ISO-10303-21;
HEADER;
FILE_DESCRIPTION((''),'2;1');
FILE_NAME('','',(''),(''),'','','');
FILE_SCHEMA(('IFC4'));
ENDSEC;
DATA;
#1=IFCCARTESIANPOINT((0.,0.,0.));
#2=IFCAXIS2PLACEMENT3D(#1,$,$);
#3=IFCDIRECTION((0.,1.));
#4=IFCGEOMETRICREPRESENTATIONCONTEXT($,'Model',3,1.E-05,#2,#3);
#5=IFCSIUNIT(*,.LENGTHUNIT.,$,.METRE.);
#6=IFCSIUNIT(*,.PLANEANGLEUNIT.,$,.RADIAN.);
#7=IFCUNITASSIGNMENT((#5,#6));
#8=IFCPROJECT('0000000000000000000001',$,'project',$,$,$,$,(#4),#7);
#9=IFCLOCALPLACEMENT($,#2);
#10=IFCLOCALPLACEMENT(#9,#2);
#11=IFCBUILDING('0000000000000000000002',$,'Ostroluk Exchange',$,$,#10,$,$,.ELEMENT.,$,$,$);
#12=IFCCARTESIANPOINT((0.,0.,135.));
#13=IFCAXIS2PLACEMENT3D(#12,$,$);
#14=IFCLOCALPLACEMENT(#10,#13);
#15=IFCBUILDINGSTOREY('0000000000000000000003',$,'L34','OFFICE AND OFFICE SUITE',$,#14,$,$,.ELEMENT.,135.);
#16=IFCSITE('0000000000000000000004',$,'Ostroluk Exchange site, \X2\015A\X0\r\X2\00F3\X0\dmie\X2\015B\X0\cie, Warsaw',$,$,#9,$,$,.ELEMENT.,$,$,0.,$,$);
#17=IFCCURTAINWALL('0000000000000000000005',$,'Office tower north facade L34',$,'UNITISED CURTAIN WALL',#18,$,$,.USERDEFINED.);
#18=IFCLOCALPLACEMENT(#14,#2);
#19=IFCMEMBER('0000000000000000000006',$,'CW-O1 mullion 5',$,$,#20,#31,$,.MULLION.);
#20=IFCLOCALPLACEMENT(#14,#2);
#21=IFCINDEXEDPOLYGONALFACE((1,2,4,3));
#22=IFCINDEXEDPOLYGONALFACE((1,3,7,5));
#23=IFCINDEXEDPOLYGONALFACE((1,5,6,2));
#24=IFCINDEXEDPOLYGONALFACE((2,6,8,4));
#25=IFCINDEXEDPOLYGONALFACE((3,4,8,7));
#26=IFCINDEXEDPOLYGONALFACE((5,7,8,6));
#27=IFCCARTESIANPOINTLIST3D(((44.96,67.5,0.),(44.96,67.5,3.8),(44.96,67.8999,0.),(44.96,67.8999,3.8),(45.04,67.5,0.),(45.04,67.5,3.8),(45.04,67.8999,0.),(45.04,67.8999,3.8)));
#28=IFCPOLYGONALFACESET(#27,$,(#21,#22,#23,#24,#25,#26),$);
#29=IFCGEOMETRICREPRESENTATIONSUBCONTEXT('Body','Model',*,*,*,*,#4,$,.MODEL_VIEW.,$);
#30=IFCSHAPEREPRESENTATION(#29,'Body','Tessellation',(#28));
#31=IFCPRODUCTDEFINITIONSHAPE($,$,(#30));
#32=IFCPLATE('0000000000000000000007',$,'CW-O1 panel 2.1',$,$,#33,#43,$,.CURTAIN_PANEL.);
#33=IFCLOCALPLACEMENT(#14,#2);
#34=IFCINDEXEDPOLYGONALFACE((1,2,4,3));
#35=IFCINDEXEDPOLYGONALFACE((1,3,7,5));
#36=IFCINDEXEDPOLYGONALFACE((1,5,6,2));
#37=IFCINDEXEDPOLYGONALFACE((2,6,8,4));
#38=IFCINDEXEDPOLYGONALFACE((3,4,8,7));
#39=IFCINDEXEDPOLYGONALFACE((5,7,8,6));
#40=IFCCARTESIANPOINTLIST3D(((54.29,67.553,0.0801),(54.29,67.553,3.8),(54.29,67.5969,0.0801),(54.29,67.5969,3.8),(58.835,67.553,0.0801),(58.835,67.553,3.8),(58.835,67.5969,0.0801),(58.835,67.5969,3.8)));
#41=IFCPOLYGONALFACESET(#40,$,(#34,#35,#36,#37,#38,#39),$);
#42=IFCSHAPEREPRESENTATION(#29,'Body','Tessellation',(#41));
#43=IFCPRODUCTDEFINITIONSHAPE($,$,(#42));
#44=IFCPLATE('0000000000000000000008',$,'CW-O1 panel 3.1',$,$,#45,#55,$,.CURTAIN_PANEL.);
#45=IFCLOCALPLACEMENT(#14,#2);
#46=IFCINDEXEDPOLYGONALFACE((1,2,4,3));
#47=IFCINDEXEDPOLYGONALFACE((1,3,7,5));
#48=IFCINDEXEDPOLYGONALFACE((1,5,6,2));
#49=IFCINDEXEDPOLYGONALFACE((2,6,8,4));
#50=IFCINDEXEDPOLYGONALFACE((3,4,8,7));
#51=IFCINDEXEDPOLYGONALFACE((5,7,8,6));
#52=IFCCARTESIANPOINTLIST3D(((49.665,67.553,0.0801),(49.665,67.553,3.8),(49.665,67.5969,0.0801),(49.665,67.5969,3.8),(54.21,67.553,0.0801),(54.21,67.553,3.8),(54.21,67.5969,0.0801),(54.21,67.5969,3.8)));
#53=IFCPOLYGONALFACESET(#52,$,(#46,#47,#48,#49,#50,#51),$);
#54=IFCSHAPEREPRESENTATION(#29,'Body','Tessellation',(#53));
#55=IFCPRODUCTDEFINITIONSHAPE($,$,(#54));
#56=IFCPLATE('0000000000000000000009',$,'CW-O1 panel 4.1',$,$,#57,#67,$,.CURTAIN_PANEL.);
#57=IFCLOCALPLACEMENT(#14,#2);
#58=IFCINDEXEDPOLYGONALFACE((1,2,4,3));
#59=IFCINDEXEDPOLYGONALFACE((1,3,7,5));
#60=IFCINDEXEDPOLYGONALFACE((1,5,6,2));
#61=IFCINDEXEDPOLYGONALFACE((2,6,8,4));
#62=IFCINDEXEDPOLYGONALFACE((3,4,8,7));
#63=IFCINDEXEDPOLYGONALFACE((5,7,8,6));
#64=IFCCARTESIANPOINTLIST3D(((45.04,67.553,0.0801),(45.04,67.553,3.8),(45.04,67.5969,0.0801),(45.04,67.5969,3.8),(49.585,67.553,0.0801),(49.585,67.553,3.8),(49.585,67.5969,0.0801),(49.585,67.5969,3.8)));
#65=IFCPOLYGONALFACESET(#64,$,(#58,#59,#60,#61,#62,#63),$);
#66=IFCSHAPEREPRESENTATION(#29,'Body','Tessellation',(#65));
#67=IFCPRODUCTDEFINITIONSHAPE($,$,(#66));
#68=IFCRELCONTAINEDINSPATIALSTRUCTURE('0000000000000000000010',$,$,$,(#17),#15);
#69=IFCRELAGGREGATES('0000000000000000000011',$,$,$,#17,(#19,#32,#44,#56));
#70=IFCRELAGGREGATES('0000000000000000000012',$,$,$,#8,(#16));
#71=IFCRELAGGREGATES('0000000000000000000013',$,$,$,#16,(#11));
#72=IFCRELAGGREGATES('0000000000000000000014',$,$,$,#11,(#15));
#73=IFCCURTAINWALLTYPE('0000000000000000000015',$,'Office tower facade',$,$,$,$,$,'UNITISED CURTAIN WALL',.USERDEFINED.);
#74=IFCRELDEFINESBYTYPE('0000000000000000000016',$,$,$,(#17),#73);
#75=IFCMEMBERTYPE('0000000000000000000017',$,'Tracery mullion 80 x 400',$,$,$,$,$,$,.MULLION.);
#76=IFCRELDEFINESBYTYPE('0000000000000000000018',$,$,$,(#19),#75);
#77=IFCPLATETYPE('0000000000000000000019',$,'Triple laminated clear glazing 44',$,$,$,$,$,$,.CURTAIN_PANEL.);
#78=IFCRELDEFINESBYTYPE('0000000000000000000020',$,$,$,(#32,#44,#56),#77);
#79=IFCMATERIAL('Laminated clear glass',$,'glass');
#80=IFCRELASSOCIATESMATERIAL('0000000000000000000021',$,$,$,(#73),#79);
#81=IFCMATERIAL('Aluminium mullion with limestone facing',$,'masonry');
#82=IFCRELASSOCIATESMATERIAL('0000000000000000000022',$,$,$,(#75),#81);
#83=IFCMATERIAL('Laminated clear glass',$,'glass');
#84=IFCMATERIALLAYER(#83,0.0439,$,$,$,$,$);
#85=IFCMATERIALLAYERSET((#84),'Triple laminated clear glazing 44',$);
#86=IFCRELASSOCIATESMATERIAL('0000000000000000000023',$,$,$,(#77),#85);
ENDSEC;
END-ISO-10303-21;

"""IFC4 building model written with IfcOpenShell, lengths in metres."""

from ifc_helpers import new_model, si_unit, direction, frame, origin, origin_2d, place, context, subcontext, project, spatial, rectangle, extrude, material, layer, layer_set, material_profile, profile_set, type_object, element, aggregate, save


model = new_model("IFC4")

# Units and contexts
model_context = context("Model", 3, precision=1e-05, world=origin(), true_north=direction((0.0, 1.0)))
body_context = subcontext(model_context, "Body", "Model", "MODEL_VIEW")
ifc_project = project(units=[si_unit("LENGTHUNIT", "METRE"), si_unit("PLANEANGLEUNIT", "RADIAN")], contexts=[model_context])

# Site, building, storey
site_placement = place(None, origin())
site = spatial("IfcSite", under=ifc_project, at=site_placement, Name="Ostroluk Exchange site, Śródmieście, Warsaw", CompositionType="ELEMENT", RefElevation=0.0)
building_placement = place(site_placement, origin())
building = spatial("IfcBuilding", under=site, at=building_placement, Name="Ostroluk Exchange", CompositionType="ELEMENT")
storey_placement = place(building_placement, frame((0.0, 0.0, 135.0)))
storey = spatial("IfcBuildingStorey", under=building, at=storey_placement, Name="L34", Description="OFFICE AND OFFICE SUITE", CompositionType="ELEMENT", Elevation=135.0)

# Curtain wall, member, plates
ifc_material_1 = material(Name="Laminated clear glass", Category="glass")
curtain_wall_type = type_object("IfcCurtainWallType", Name="Office tower facade", ElementType="UNITISED CURTAIN WALL", PredefinedType="USERDEFINED", material=ifc_material_1)
curtain_wall_placement = place(storey_placement, origin())
curtain_wall = element("IfcCurtainWall", 1, at=curtain_wall_placement, inside=storey, type_object=curtain_wall_type, Name="Office tower north facade L34", ObjectType="UNITISED CURTAIN WALL", PredefinedType="USERDEFINED")
ifc_material_2 = material(Name="Aluminium mullion with limestone facing", Category="masonry")
ifc_material_profile_1 = material_profile(ifc_material_2, rectangle(XDim=0.3999, YDim=0.0801, at=origin_2d()), Name="Tracery mullion 80 x 400")
ifc_profile_set_1 = profile_set([ifc_material_profile_1], Name="Aluminium mullion with limestone facing")
member_type_1 = type_object("IfcMemberType", Name="Tracery mullion 80 x 400", PredefinedType="MULLION", material=ifc_profile_set_1)
member_1_placement = place(storey_placement, frame((45.0, 67.7, 0.0), z_axis=(0.0, 0.0, 1.0), x_axis=(0.0, -1.0, 0.0)))
member_1 = element("IfcMember", 2, at=member_1_placement, type_object=member_type_1, Name="CW-O1 mullion 5", PredefinedType="MULLION", context=body_context, shape_type="SweptSolid", body=[
    extrude(rectangle(XDim=0.3999, YDim=0.0801, at=origin_2d()), origin(), (0.0, 0.0, 1.0), 3.8),
])
ifc_material_3 = material(Name="Laminated clear glass", Category="glass")
ifc_layer_1 = layer(ifc_material_3, 0.0439)
ifc_layer_set_1 = layer_set([ifc_layer_1], Name="Triple laminated clear glazing 44")
plate_type = type_object("IfcPlateType", Name="Triple laminated clear glazing 44", PredefinedType="CURTAIN_PANEL", material=ifc_layer_set_1)
plate_1_placement = place(storey_placement, frame((56.5625, 67.575, 0.0801), z_axis=(0.0, 0.0, 1.0), x_axis=(-1.0, 0.0, 0.0)))
plate_1 = element("IfcPlate", 3, at=plate_1_placement, type_object=plate_type, Name="CW-O1 panel 2.1", PredefinedType="CURTAIN_PANEL", context=body_context, shape_type="SweptSolid", body=[
    extrude(rectangle(XDim=4.5449, YDim=0.0439, at=origin_2d()), origin(), (0.0, 0.0, 1.0), 3.72),
])
plate_2_placement = place(storey_placement, frame((51.9375, 67.575, 0.0801), z_axis=(0.0, 0.0, 1.0), x_axis=(-1.0, 0.0, 0.0)))
plate_2 = element("IfcPlate", 4, at=plate_2_placement, type_object=plate_type, Name="CW-O1 panel 3.1", PredefinedType="CURTAIN_PANEL", context=body_context, shape_type="SweptSolid", body=[
    extrude(rectangle(XDim=4.5449, YDim=0.0439, at=origin_2d()), origin(), (0.0, 0.0, 1.0), 3.72),
])
plate_3_placement = place(storey_placement, frame((47.3125, 67.575, 0.0801), z_axis=(0.0, 0.0, 1.0), x_axis=(-1.0, 0.0, 0.0)))
plate_3 = element("IfcPlate", 5, at=plate_3_placement, type_object=plate_type, Name="CW-O1 panel 4.1", PredefinedType="CURTAIN_PANEL", context=body_context, shape_type="SweptSolid", body=[
    extrude(rectangle(XDim=4.5449, YDim=0.0439, at=origin_2d()), origin(), (0.0, 0.0, 1.0), 3.72),
])
aggregate(curtain_wall, [member_1, plate_1, plate_2, plate_3])

save(model, "model.ifc")
